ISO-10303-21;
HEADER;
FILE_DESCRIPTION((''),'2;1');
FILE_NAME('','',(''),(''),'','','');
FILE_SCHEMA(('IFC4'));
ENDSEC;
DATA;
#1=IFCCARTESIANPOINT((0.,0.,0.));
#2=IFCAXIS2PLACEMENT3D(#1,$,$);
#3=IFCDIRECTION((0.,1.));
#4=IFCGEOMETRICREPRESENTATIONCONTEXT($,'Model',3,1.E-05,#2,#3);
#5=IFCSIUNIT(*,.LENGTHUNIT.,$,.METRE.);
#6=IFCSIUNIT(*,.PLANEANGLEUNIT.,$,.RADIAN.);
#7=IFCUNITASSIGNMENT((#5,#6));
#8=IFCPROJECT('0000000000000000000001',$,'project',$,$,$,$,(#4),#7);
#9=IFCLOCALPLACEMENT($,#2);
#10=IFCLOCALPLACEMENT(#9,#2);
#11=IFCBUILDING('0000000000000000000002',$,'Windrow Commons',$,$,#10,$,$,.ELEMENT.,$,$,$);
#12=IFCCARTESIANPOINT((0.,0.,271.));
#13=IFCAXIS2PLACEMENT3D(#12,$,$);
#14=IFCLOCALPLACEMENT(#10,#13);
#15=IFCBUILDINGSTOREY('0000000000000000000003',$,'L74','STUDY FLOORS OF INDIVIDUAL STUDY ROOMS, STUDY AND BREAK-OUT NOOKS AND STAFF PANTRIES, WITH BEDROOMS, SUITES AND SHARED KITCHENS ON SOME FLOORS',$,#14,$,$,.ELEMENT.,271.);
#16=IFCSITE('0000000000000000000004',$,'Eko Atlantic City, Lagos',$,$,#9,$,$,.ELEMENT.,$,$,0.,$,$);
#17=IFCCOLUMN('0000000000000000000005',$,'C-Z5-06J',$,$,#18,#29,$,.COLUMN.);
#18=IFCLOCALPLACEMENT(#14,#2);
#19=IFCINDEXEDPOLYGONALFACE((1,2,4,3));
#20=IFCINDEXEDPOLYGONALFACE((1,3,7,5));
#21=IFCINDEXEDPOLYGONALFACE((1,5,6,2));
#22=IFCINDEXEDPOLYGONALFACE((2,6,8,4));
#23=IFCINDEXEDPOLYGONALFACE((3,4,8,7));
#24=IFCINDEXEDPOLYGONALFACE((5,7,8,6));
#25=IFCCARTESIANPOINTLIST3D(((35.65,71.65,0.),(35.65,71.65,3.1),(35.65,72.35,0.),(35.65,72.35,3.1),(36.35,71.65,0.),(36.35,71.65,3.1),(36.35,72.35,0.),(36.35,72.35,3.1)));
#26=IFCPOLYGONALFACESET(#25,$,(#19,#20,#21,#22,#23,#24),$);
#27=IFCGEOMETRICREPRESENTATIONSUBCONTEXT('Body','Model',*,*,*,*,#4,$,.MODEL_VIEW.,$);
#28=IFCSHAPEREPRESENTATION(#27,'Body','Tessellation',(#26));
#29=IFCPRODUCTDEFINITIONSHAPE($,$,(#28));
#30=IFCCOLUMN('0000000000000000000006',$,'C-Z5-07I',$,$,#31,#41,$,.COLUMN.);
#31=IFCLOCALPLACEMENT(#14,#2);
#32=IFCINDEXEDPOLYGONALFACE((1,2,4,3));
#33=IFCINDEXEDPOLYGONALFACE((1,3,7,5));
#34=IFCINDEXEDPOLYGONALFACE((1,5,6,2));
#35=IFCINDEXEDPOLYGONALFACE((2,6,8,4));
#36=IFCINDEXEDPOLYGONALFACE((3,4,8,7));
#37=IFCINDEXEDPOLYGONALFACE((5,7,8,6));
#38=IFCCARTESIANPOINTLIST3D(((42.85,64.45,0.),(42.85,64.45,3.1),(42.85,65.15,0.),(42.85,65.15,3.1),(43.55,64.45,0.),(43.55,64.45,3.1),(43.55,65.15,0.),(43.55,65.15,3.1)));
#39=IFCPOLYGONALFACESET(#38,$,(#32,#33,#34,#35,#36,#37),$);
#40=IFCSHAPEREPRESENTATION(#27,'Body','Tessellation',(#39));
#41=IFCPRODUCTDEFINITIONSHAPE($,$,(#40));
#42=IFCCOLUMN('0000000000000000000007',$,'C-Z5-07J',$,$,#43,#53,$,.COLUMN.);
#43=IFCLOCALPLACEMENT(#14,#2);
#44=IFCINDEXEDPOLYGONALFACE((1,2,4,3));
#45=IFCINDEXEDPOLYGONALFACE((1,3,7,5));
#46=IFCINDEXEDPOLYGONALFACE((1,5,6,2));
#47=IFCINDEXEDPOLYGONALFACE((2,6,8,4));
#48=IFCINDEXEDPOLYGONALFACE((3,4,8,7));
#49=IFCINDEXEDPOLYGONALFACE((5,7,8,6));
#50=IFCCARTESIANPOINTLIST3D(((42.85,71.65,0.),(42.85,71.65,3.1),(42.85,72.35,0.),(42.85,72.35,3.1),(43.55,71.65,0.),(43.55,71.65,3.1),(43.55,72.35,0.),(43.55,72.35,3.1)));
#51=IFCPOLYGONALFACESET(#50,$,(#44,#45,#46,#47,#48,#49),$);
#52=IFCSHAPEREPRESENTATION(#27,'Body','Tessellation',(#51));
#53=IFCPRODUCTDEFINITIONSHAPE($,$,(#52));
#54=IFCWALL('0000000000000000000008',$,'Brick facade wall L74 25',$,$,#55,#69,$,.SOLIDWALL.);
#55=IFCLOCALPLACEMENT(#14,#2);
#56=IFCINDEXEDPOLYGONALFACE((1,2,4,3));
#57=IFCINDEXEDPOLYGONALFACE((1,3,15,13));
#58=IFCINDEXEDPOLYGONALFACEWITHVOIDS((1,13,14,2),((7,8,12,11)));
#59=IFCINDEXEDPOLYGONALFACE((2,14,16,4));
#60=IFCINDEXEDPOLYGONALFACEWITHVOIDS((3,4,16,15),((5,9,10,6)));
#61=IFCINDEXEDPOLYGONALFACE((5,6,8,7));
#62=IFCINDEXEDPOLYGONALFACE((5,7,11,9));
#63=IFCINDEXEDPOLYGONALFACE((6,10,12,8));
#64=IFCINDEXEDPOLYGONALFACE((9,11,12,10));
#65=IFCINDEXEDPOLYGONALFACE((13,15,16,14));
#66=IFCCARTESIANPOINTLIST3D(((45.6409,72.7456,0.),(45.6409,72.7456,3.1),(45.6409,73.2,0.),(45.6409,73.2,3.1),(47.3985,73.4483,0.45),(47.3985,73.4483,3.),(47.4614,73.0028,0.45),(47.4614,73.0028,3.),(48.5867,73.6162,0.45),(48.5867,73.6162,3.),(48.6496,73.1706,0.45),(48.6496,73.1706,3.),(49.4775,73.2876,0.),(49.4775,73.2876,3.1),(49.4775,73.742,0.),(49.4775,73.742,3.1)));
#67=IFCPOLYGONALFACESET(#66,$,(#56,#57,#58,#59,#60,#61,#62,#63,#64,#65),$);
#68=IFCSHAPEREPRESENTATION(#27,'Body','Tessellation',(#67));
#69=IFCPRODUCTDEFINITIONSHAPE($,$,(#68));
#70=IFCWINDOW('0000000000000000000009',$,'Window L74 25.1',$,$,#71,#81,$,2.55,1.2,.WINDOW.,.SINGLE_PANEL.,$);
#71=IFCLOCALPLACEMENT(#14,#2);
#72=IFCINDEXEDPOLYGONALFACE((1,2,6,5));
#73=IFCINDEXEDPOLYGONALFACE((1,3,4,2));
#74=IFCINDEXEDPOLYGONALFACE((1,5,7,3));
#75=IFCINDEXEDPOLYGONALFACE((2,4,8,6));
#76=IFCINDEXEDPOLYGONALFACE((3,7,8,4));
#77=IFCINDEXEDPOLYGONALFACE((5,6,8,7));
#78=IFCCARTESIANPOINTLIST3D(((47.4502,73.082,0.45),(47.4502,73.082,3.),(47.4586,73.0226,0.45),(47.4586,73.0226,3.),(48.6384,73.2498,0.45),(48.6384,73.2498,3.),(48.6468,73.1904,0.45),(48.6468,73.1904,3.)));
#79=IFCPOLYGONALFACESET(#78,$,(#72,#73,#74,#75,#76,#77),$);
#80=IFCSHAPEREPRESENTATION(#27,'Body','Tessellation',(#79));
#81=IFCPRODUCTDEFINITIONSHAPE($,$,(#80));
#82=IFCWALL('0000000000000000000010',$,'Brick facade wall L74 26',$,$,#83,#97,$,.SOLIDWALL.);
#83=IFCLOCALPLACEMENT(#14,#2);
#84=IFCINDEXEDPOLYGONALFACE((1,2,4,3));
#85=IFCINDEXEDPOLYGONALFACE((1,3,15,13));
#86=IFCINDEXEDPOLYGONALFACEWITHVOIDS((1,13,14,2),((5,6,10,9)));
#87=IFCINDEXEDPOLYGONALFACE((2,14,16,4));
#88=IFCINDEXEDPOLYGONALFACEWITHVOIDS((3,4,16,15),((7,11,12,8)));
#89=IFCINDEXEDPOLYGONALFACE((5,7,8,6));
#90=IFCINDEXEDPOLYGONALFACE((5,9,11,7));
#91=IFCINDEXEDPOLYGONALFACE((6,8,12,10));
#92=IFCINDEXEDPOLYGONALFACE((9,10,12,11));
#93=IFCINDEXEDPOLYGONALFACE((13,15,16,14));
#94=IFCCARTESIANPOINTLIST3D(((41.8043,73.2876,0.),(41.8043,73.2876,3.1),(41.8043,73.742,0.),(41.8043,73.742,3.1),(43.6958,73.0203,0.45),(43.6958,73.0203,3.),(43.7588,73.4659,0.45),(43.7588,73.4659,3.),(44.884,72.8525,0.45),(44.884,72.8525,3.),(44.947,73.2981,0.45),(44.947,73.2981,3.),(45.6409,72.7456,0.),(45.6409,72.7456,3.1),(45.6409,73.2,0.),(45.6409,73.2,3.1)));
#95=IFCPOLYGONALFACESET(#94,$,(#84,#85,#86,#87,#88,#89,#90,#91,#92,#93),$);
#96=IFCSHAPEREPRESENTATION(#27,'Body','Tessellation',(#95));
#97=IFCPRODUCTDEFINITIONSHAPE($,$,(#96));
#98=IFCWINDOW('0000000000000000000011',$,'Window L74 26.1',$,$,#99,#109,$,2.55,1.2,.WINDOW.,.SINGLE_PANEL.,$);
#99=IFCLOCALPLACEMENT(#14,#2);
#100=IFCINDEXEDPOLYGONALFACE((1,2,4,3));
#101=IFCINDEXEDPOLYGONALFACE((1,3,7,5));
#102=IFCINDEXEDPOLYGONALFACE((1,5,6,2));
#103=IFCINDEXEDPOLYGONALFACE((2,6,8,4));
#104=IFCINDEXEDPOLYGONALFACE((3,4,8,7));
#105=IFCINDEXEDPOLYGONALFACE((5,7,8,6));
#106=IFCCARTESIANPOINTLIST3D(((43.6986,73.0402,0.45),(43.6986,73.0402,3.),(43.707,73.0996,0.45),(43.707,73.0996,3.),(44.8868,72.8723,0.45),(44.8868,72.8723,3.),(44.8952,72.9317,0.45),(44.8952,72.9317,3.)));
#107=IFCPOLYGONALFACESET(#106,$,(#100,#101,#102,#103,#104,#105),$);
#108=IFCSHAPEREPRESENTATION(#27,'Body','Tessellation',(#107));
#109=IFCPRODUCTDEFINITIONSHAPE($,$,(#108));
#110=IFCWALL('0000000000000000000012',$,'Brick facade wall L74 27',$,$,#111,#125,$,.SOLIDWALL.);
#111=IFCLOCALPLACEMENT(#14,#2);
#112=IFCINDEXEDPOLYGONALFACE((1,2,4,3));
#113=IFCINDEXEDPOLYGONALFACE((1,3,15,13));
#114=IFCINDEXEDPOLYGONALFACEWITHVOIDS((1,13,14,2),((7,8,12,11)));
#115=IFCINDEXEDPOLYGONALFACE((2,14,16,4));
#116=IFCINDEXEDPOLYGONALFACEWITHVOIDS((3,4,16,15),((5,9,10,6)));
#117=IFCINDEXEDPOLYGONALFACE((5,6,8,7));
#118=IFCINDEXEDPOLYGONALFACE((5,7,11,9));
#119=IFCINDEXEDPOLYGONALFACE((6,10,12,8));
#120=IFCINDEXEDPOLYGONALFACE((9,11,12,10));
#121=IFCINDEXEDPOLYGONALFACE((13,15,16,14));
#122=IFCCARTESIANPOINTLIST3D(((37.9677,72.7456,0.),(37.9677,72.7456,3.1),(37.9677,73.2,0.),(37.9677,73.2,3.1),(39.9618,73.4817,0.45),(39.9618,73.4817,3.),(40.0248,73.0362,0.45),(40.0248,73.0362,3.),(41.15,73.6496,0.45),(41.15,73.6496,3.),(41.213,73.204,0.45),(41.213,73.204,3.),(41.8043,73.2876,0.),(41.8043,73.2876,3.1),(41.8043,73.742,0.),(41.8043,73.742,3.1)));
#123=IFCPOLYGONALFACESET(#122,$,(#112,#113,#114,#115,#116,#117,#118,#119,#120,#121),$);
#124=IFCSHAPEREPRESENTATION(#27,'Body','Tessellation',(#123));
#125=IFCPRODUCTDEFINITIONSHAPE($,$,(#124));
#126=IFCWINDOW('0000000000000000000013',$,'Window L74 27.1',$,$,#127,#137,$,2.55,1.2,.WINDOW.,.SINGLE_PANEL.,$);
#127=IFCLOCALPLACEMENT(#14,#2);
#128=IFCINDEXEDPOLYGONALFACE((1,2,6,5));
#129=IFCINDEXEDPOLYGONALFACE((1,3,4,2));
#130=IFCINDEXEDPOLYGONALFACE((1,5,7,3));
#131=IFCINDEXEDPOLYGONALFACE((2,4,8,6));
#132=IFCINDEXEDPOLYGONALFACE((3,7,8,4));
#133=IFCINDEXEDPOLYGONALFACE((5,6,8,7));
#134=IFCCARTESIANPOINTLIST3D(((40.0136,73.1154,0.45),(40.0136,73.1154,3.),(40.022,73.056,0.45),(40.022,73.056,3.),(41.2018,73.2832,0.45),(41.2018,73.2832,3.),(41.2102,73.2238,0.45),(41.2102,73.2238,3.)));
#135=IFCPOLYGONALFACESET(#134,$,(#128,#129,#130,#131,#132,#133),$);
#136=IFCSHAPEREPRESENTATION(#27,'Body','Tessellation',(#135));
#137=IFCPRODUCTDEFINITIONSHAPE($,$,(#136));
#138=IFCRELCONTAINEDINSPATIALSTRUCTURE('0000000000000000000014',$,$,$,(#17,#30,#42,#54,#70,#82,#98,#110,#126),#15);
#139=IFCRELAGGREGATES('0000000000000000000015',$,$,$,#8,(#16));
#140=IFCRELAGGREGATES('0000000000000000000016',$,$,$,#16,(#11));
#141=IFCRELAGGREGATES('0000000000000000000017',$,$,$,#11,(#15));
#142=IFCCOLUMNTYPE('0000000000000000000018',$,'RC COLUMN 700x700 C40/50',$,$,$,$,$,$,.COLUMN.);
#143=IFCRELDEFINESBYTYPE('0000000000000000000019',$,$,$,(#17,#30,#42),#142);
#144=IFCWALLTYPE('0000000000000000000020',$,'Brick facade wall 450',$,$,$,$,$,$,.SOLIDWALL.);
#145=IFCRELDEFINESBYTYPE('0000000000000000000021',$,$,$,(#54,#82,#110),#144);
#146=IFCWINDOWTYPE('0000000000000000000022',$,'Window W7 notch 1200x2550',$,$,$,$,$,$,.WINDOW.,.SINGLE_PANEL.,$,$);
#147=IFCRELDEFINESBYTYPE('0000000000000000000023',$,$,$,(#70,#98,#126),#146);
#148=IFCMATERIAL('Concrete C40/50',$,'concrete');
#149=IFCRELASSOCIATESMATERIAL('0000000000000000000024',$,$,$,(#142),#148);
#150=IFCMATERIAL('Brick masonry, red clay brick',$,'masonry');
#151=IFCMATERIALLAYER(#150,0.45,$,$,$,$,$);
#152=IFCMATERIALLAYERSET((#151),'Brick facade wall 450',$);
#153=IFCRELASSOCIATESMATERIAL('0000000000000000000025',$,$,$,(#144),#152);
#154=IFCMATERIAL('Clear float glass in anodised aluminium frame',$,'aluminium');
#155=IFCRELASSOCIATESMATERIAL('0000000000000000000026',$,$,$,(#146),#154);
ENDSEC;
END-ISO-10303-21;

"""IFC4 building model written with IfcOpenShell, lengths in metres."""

from ifc_helpers import new_model, si_unit, direction, frame, frame_2d, origin, origin_2d, place, context, subcontext, project, spatial, polyline, rectangle, outline, extrude, material, layer, layer_set, material_profile, profile_set, type_object, element, fill, save


model = new_model("IFC4")

# Units and contexts
model_context = context("Model", 3, precision=1e-05, world=origin(), true_north=direction((0.0, 1.0)))
body_context = subcontext(model_context, "Body", "Model", "MODEL_VIEW")
ifc_project = project(units=[si_unit("LENGTHUNIT", "METRE"), si_unit("PLANEANGLEUNIT", "RADIAN")], contexts=[model_context])

# Site, building, storey
site_placement = place(None, origin())
site = spatial("IfcSite", under=ifc_project, at=site_placement, Name="Eko Atlantic City, Lagos", CompositionType="ELEMENT", RefElevation=0.0)
building_placement = place(site_placement, origin())
building = spatial("IfcBuilding", under=site, at=building_placement, Name="Windrow Commons", CompositionType="ELEMENT")
storey_placement = place(building_placement, frame((0.0, 0.0, 271.0)))
storey = spatial("IfcBuildingStorey", under=building, at=storey_placement, Name="L74", Description="STUDY FLOORS OF INDIVIDUAL STUDY ROOMS, STUDY AND BREAK-OUT NOOKS AND STAFF PANTRIES, WITH BEDROOMS, SUITES AND SHARED KITCHENS ON SOME FLOORS", CompositionType="ELEMENT", Elevation=271.0)

# Columns
ifc_material_1 = material(Name="Concrete C40/50", Category="concrete")
ifc_material_profile = material_profile(ifc_material_1, rectangle(XDim=0.7, YDim=0.7, at=origin_2d()))
ifc_profile_set = profile_set([ifc_material_profile], Name="Concrete C40/50")
column_type = type_object("IfcColumnType", Name="RC COLUMN 700x700 C40/50", PredefinedType="COLUMN", material=ifc_profile_set)
for number, where, z_axis, x_axis, name in (
    (1, (36.0, 72.0, 0.0), (0.0, 0.0, 1.0), (1.0, 0.0, 0.0), "C-Z5-06J"),
    (2, (43.2, 64.8, 0.0), (0.0, 0.0, 1.0), (1.0, 0.0, 0.0), "C-Z5-07I"),
    (3, (43.2, 72.0, 0.0), (0.0, 0.0, 1.0), (1.0, 0.0, 0.0), "C-Z5-07J"),
):
    element("IfcColumn", number, at=place(storey_placement, frame(where, z_axis=z_axis, x_axis=x_axis)), inside=storey, type_object=column_type, Name=name, PredefinedType="COLUMN", context=body_context, shape_type="SweptSolid", body=[
        extrude(rectangle(XDim=0.7, YDim=0.7, at=origin_2d()), origin(), (0.0, 0.0, 1.0), 3.1),
    ])

# Walls, openings, windows
ifc_material_2 = material(Name="Brick masonry, red clay brick", Category="masonry")
ifc_layer_1 = layer(ifc_material_2, 0.45)
ifc_layer_set_1 = layer_set([ifc_layer_1], Name="Brick facade wall 450")
wall_type_1 = type_object("IfcWallType", Name="Brick facade wall 450", PredefinedType="SOLIDWALL", material=ifc_layer_set_1)
wall_1_placement = place(storey_placement, frame((49.4775, 73.5148, 0.0), z_axis=(0.0, 0.0, 1.0), x_axis=(-0.990168, -0.139882, 0.0)))
wall_1 = element("IfcWall", 4, at=wall_1_placement, inside=storey, type_object=wall_type_1, Name="Brick facade wall L74 25", PredefinedType="SOLIDWALL", context=body_context, shape_type="SweptSolid", body=[
    extrude(outline(polyline([(-0.0318, -0.225), (3.8429, -0.225), (3.9065, 0.225), (0.0318, 0.225), (-0.0318, -0.225)])), origin(), (0.0, 0.0, 1.0), 3.1),
])
opening_1_placement = place(wall_1_placement, frame((0.8679, 0.0, 0.45)))
opening_1 = element("IfcOpeningElement", 5, at=opening_1_placement, cuts=wall_1, PredefinedType="OPENING", context=body_context, shape_type="SweptSolid", body=[
    extrude(rectangle(XDim=1.2, YDim=2.55, at=frame_2d((0.6, 1.275))), frame((0.0, 0.235, 0.0), z_axis=(0.0, -1.0, 0.0), x_axis=(1.0, 0.0, 0.0)), (0.0, 0.0, 1.0), 0.47),
])
ifc_material_3 = material(Name="Clear float glass in anodised aluminium frame", Category="aluminium")
window_type = type_object("IfcWindowType", Name="Window W7 notch 1200x2550", PartitioningType="SINGLE_PANEL", PredefinedType="WINDOW", material=ifc_material_3)
window_1_placement = place(opening_1_placement, origin())
window_1 = element("IfcWindow", 6, at=window_1_placement, inside=storey, type_object=window_type, Name="Window L74 25.1", OverallHeight=2.55, OverallWidth=1.2, PartitioningType="SINGLE_PANEL", PredefinedType="WINDOW", context=body_context, shape_type="SweptSolid", body=[
    extrude(rectangle(XDim=1.2, YDim=2.55, at=frame_2d((0.6, 1.275))), frame((0.0, 0.205, 0.0), z_axis=(0.0, -1.0, 0.0), x_axis=(1.0, 0.0, 0.0)), (0.0, 0.0, 1.0), 0.06),
])
fill(opening_1, window_1)
wall_2_placement = place(storey_placement, frame((45.6409, 72.9728, 0.0), z_axis=(0.0, 0.0, 1.0), x_axis=(-0.990168, 0.139882, 0.0)))
wall_2 = element("IfcWall", 7, at=wall_2_placement, inside=storey, type_object=wall_type_1, Name="Brick facade wall L74 26", PredefinedType="SOLIDWALL", context=body_context, shape_type="SweptSolid", body=[
    extrude(outline(polyline([(0.0318, -0.225), (3.9065, -0.225), (3.8429, 0.225), (-0.0318, 0.225), (0.0318, -0.225)])), origin(), (0.0, 0.0, 1.0), 3.1),
])
opening_2_placement = place(wall_2_placement, frame((0.7326, 0.0, 0.45)))
opening_2 = element("IfcOpeningElement", 8, at=opening_2_placement, cuts=wall_2, PredefinedType="OPENING", context=body_context, shape_type="SweptSolid", body=[
    extrude(rectangle(XDim=1.2, YDim=2.55, at=frame_2d((0.6, 1.275))), frame((0.0, 0.235, 0.0), z_axis=(0.0, -1.0, 0.0), x_axis=(1.0, 0.0, 0.0)), (0.0, 0.0, 1.0), 0.47),
])
window_2_placement = place(opening_2_placement, origin())
window_2 = element("IfcWindow", 9, at=window_2_placement, inside=storey, type_object=window_type, Name="Window L74 26.1", OverallHeight=2.55, OverallWidth=1.2, PartitioningType="SINGLE_PANEL", PredefinedType="WINDOW", context=body_context, shape_type="SweptSolid", body=[
    extrude(rectangle(XDim=1.2, YDim=2.55, at=frame_2d((0.6, 1.275))), frame((0.0, 0.205, 0.0), z_axis=(0.0, -1.0, 0.0), x_axis=(1.0, 0.0, 0.0)), (0.0, 0.0, 1.0), 0.06),
])
fill(opening_2, window_2)
wall_3_placement = place(storey_placement, frame((41.8043, 73.5148, 0.0), z_axis=(0.0, 0.0, 1.0), x_axis=(-0.990168, -0.139882, 0.0)))
wall_3 = element("IfcWall", 10, at=wall_3_placement, inside=storey, type_object=wall_type_1, Name="Brick facade wall L74 27", PredefinedType="SOLIDWALL", context=body_context, shape_type="SweptSolid", body=[
    extrude(outline(polyline([(-0.0318, -0.225), (3.8429, -0.225), (3.9065, 0.225), (0.0318, 0.225), (-0.0318, -0.225)])), origin(), (0.0, 0.0, 1.0), 3.1),
])
opening_3_placement = place(wall_3_placement, frame((0.629, 0.0, 0.45)))
opening_3 = element("IfcOpeningElement", 11, at=opening_3_placement, cuts=wall_3, PredefinedType="OPENING", context=body_context, shape_type="SweptSolid", body=[
    extrude(rectangle(XDim=1.2, YDim=2.55, at=frame_2d((0.6, 1.275))), frame((0.0, 0.235, 0.0), z_axis=(0.0, -1.0, 0.0), x_axis=(1.0, 0.0, 0.0)), (0.0, 0.0, 1.0), 0.47),
])
window_3_placement = place(opening_3_placement, origin())
window_3 = element("IfcWindow", 12, at=window_3_placement, inside=storey, type_object=window_type, Name="Window L74 27.1", OverallHeight=2.55, OverallWidth=1.2, PartitioningType="SINGLE_PANEL", PredefinedType="WINDOW", context=body_context, shape_type="SweptSolid", body=[
    extrude(rectangle(XDim=1.2, YDim=2.55, at=frame_2d((0.6, 1.275))), frame((0.0, 0.205, 0.0), z_axis=(0.0, -1.0, 0.0), x_axis=(1.0, 0.0, 0.0)), (0.0, 0.0, 1.0), 0.06),
])
fill(opening_3, window_3)

save(model, "model.ifc")
